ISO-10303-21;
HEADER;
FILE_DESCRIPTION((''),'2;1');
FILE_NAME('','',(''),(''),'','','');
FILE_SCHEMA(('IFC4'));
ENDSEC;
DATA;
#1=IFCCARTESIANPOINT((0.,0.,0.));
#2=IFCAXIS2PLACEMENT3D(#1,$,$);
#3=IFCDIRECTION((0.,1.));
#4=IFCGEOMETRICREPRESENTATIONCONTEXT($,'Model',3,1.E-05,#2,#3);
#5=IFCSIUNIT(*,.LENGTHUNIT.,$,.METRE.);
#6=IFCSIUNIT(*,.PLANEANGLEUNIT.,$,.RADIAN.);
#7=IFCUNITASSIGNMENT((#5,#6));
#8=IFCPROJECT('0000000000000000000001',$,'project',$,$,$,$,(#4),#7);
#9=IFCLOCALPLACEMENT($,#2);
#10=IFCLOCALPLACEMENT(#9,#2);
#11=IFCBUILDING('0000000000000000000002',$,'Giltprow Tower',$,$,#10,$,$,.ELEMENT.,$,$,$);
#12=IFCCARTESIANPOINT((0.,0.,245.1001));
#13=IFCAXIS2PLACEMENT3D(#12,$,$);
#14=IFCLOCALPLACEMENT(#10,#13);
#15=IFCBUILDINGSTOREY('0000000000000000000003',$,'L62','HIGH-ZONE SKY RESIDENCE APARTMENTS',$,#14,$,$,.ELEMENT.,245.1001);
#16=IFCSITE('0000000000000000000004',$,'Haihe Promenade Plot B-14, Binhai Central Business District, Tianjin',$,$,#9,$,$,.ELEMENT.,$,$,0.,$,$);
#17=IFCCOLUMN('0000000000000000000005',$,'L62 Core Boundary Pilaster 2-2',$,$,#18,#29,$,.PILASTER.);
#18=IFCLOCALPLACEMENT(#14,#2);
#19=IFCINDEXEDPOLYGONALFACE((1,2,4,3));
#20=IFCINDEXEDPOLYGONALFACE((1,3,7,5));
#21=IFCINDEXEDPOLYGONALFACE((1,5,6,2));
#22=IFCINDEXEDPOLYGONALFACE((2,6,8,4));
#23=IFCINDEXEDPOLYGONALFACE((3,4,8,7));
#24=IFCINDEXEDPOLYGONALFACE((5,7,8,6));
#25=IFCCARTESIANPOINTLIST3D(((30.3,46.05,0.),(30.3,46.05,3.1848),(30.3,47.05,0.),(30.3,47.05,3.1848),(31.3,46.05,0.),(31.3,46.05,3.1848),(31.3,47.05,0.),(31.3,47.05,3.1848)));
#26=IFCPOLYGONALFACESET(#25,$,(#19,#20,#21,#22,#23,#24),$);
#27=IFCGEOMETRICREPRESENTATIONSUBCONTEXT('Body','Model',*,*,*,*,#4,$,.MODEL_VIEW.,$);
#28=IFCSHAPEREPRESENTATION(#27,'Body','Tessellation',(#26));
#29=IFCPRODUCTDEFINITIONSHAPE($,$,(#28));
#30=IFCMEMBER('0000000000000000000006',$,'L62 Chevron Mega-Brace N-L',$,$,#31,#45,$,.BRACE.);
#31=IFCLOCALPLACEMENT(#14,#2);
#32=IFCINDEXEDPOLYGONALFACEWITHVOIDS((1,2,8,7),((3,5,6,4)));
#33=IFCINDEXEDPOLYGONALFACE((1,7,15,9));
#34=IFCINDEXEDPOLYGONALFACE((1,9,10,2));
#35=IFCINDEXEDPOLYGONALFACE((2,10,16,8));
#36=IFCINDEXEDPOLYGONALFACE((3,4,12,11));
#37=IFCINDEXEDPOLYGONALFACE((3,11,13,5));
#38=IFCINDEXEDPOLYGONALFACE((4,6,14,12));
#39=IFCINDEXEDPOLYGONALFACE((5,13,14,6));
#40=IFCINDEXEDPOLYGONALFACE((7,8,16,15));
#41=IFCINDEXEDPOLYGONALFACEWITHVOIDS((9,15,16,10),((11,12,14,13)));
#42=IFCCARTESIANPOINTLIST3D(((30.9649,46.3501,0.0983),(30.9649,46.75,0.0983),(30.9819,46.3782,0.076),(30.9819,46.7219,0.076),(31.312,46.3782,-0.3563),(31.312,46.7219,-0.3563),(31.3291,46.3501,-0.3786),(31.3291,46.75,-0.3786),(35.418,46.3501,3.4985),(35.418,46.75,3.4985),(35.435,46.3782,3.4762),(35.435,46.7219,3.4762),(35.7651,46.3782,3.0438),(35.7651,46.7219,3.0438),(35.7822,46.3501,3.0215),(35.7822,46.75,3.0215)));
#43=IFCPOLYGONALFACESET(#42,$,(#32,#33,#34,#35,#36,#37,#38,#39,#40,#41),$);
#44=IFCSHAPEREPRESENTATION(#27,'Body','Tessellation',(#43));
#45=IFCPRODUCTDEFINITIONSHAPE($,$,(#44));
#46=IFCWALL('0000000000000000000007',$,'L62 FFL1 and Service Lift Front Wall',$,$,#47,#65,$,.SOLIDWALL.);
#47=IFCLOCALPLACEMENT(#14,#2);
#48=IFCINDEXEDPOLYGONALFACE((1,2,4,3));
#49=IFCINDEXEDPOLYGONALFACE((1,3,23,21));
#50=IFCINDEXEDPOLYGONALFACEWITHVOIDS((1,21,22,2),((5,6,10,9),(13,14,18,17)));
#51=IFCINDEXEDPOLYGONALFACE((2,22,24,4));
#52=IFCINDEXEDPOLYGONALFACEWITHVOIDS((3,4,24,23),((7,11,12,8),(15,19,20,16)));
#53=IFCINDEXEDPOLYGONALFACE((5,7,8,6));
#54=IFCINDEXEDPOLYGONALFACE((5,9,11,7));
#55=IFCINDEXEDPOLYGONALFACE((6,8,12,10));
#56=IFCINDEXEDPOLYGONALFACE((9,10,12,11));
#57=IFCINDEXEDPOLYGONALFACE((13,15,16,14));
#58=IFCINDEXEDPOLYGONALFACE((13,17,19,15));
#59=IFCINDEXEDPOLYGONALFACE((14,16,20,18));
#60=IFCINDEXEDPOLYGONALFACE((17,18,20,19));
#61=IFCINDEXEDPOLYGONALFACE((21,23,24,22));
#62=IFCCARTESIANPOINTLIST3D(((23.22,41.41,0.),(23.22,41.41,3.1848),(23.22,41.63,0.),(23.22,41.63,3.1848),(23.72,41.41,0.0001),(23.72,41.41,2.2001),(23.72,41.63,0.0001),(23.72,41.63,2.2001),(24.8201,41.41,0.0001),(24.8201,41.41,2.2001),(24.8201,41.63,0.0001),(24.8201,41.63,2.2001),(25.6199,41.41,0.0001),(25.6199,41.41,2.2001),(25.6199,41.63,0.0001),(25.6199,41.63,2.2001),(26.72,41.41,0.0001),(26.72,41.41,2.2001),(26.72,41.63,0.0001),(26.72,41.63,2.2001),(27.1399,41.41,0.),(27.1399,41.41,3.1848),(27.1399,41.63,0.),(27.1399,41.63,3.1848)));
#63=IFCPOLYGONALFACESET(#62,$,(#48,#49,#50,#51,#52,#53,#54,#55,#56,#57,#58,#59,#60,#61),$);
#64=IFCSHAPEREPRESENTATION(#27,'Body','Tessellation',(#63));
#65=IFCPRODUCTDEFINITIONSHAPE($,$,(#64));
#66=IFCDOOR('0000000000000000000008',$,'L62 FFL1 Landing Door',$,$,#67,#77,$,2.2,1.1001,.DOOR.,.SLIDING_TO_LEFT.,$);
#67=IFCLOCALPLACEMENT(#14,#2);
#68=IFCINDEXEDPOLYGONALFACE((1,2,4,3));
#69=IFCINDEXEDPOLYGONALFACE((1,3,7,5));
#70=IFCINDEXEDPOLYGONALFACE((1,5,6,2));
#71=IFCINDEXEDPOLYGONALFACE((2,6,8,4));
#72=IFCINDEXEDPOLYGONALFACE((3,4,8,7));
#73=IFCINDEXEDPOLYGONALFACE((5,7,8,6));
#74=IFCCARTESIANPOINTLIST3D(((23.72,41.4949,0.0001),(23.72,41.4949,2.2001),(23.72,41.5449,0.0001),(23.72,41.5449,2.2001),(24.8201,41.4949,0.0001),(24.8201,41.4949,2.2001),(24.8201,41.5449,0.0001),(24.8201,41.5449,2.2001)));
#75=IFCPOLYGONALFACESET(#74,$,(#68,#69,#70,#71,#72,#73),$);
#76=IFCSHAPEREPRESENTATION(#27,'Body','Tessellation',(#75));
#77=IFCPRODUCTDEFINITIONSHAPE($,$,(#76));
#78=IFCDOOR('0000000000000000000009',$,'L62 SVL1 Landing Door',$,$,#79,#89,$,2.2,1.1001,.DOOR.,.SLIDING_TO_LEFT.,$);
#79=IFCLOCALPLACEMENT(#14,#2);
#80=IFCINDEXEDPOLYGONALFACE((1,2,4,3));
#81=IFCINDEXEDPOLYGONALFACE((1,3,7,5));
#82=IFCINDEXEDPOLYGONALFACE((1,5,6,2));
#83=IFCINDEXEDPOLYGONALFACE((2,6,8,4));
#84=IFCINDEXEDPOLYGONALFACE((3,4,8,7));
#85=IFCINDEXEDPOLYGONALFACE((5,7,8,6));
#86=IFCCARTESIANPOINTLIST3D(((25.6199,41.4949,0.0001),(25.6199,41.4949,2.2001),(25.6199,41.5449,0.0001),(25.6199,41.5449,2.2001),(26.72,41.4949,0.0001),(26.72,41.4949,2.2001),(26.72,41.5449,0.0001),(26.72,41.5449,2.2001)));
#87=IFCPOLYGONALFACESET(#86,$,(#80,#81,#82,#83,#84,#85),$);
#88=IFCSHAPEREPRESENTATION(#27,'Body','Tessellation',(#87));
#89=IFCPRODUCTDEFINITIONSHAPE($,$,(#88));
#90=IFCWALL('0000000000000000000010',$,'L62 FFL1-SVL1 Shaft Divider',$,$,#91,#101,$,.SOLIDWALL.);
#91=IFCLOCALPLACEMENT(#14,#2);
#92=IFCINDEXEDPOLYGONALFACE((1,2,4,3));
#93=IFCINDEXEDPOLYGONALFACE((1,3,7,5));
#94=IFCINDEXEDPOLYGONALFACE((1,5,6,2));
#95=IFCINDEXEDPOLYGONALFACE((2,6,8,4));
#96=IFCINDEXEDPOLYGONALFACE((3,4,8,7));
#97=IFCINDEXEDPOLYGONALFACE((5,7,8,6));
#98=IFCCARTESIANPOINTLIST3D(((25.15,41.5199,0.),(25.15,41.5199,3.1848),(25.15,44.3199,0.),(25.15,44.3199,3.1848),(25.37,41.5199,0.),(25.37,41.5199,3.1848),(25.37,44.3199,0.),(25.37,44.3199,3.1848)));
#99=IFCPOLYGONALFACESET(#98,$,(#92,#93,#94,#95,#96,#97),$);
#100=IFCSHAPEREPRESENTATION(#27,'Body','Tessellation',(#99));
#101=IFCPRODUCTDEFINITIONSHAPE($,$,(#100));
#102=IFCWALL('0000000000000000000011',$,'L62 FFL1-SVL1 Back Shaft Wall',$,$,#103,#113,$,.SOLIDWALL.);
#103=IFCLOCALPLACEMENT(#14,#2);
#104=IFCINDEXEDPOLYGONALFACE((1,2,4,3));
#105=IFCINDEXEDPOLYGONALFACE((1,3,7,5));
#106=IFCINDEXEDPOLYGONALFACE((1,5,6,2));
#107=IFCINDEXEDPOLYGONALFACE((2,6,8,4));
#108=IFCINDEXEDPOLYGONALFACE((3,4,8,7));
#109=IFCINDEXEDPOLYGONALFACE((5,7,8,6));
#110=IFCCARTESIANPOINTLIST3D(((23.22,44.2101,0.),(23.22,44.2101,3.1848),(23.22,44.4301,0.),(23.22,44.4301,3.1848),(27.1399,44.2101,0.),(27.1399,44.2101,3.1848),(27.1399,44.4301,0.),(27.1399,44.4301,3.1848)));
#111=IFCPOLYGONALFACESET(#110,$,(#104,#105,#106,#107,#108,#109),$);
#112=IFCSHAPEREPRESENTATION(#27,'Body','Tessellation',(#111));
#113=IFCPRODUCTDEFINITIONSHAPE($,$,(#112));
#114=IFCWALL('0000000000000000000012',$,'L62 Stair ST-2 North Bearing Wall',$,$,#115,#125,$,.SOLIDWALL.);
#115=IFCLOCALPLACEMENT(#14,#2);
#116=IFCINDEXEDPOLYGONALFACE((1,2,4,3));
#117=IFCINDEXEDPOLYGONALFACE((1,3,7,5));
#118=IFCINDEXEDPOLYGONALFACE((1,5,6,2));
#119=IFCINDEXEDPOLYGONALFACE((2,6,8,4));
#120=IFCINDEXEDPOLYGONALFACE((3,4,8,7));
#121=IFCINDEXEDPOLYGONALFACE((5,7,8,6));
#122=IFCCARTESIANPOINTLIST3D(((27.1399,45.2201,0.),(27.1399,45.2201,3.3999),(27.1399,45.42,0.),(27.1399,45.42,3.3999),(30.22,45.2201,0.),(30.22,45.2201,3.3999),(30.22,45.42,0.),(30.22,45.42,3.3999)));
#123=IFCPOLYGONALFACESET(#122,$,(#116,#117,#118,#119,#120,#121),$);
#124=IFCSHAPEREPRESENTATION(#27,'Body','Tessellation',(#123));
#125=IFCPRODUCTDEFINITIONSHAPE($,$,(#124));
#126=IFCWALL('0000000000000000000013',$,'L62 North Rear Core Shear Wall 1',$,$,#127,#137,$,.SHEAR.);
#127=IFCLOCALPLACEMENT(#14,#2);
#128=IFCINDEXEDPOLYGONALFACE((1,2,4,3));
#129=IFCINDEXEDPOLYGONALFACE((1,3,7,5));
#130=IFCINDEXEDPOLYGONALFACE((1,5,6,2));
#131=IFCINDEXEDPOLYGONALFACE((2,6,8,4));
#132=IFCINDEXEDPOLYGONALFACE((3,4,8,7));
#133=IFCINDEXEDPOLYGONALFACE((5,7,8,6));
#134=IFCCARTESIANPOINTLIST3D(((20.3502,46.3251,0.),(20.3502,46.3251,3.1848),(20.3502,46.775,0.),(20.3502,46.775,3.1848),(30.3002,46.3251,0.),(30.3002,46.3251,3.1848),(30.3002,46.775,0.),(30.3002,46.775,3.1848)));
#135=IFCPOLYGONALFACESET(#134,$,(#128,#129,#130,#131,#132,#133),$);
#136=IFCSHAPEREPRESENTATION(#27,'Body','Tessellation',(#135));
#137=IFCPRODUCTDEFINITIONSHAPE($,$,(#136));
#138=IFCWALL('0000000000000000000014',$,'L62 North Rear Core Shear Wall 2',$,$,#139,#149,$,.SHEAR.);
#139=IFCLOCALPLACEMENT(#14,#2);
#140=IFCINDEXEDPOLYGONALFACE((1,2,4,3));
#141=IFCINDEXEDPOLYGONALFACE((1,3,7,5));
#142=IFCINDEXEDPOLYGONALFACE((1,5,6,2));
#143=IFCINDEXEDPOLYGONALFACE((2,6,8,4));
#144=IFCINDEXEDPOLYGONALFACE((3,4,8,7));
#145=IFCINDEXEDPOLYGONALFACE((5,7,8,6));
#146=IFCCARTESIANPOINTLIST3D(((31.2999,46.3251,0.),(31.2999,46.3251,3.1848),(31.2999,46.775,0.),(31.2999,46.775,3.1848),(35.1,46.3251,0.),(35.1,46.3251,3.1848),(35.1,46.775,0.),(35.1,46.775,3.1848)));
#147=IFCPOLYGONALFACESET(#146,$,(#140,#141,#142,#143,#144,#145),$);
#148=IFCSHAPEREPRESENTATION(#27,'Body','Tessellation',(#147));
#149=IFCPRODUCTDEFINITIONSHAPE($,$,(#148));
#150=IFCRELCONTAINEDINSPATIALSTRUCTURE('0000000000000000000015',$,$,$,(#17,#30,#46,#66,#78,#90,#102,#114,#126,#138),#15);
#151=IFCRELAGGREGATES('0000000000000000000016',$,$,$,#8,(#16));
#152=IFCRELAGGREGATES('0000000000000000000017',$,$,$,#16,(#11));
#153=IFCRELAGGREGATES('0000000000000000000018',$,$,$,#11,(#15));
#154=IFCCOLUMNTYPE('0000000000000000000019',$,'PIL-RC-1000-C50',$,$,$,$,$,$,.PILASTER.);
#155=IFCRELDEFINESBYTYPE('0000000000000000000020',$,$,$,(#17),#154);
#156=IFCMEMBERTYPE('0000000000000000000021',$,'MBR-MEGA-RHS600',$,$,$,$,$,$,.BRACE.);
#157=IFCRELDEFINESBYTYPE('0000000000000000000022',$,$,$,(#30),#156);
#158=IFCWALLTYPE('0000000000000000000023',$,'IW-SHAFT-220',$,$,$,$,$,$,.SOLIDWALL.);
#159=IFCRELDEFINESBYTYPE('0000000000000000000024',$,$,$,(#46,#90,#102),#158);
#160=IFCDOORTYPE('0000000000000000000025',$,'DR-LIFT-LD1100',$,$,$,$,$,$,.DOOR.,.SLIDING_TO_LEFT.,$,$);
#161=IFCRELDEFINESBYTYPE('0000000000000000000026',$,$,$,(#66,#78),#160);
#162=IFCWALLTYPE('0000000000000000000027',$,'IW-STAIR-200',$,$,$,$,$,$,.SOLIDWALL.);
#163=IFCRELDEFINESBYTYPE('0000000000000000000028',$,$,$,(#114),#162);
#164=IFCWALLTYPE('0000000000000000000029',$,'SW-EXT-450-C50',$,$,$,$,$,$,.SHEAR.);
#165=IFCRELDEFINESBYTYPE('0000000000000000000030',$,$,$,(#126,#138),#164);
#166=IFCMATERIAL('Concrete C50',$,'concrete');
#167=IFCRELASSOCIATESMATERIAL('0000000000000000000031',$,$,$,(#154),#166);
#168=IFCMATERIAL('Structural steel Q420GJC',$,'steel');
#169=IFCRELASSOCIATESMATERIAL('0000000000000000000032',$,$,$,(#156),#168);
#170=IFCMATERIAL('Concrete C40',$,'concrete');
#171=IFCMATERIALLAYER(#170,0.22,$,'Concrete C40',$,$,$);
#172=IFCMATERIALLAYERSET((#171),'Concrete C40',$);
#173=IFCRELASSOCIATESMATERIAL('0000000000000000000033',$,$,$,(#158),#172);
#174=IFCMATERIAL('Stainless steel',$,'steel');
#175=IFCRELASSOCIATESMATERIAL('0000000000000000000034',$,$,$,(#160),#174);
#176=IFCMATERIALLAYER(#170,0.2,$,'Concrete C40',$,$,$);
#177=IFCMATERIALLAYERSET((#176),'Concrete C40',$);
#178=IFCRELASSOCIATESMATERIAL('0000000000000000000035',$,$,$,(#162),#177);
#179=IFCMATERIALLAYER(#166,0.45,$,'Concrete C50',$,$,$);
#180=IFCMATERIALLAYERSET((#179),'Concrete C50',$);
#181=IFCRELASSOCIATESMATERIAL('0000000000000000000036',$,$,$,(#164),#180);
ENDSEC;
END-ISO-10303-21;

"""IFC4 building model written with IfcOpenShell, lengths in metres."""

from ifc_helpers import new_model, si_unit, direction, frame, frame_2d, origin, origin_2d, place, context, subcontext, project, spatial, rectangle, hollow_rectangle, extrude, source, transform, mapped, material, layer, layer_set, material_profile, profile_set, type_object, element, fill, save


model = new_model("IFC4")

# Units and contexts
model_context = context("Model", 3, precision=1e-05, world=origin(), true_north=direction((0.0, 1.0)))
body_context = subcontext(model_context, "Body", "Model", "MODEL_VIEW")
ifc_project = project(units=[si_unit("LENGTHUNIT", "METRE"), si_unit("PLANEANGLEUNIT", "RADIAN")], contexts=[model_context])

# Site, building, storey
site_placement = place(None, origin())
site = spatial("IfcSite", under=ifc_project, at=site_placement, Name="Haihe Promenade Plot B-14, Binhai Central Business District, Tianjin", CompositionType="ELEMENT", RefElevation=0.0)
building_placement = place(site_placement, origin())
building = spatial("IfcBuilding", under=site, at=building_placement, Name="Giltprow Tower", CompositionType="ELEMENT")
storey_placement = place(building_placement, frame((0.0, 0.0, 245.1001)))
storey = spatial("IfcBuildingStorey", under=building, at=storey_placement, Name="L62", Description="HIGH-ZONE SKY RESIDENCE APARTMENTS", CompositionType="ELEMENT", Elevation=245.1001)

# Column
ifc_material_1 = material(Name="Concrete C50", Category="concrete")
ifc_material_profile_1 = material_profile(ifc_material_1, rectangle(XDim=1.0, YDim=1.0, at=origin_2d()), Name="RC 1000x1000")
ifc_profile_set_1 = profile_set([ifc_material_profile_1], Name="Concrete C50")
column_type = type_object("IfcColumnType", Name="PIL-RC-1000-C50", PredefinedType="PILASTER", material=ifc_profile_set_1)
shared_shape_1 = source(origin(), body_context, "Body", "SweptSolid", [
    extrude(rectangle(XDim=1.0, YDim=1.0, at=origin_2d()), origin(), (0.0, 0.0, 1.0), 3.1848),
])
column_placement = place(storey_placement, frame((30.8, 46.55, 0.0), z_axis=(0.0, 0.0, 1.0), x_axis=(1.0, 0.0, 0.0)))
element("IfcColumn", 1, at=column_placement, inside=storey, type_object=column_type, Name="L62 Core Boundary Pilaster 2-2", PredefinedType="PILASTER", context=body_context, shape_type="MappedRepresentation", body=[
    mapped(shared_shape_1, transform((0.0, 0.0, 0.0), x_axis=(1.0, 0.0, 0.0), y_axis=(0.0, 1.0, 0.0), z_axis=(0.0, 0.0, 1.0), scale=1.0)),
])

# Member
ifc_material_2 = material(Name="Structural steel Q420GJC", Category="steel")
ifc_material_profile_2 = material_profile(ifc_material_2, hollow_rectangle(XDim=0.3999, YDim=0.6001, WallThickness=0.0281, at=origin_2d()), Name="RHS 600x400x28")
ifc_profile_set_2 = profile_set([ifc_material_profile_2], Name="Structural steel Q420GJC")
member_type = type_object("IfcMemberType", Name="MBR-MEGA-RHS600", PredefinedType="BRACE", material=ifc_profile_set_2)
shared_shape_2 = source(origin(), body_context, "Body", "SweptSolid", [
    extrude(hollow_rectangle(XDim=0.3999, YDim=0.6001, WallThickness=0.0281, at=origin_2d()), origin(), (0.0, 0.0, 1.0), 5.6028),
])
member_placement = place(storey_placement, frame((31.147, 46.55, -0.1401), z_axis=(0.794804, 0.0, 0.606866), x_axis=(0.0, 1.0, 0.0)))
element("IfcMember", 2, at=member_placement, inside=storey, type_object=member_type, Name="L62 Chevron Mega-Brace N-L", PredefinedType="BRACE", context=body_context, shape_type="MappedRepresentation", body=[
    mapped(shared_shape_2, transform((0.0, 0.0, 0.0), x_axis=(1.0, 0.0, 0.0), y_axis=(0.0, 1.0, 0.0), z_axis=(0.0, 0.0, 1.0), scale=1.0)),
])

# Wall, openings, doors
ifc_material_3 = material(Name="Concrete C40", Category="concrete")
ifc_layer_1 = layer(ifc_material_3, 0.22, Name="Concrete C40")
ifc_layer_set_1 = layer_set([ifc_layer_1], Name="Concrete C40")
wall_type_1 = type_object("IfcWallType", Name="IW-SHAFT-220", PredefinedType="SOLIDWALL", material=ifc_layer_set_1)
wall_1_placement = place(storey_placement, frame((23.22, 41.52, 0.0), z_axis=(0.0, 0.0, 1.0), x_axis=(1.0, 0.0, 0.0)))
wall_1 = element("IfcWall", 3, at=wall_1_placement, inside=storey, type_object=wall_type_1, Name="L62 FFL1 and Service Lift Front Wall", PredefinedType="SOLIDWALL", context=body_context, shape_type="SweptSolid", body=[
    extrude(rectangle(XDim=3.9199, YDim=0.22, at=frame_2d((1.96, 0.0))), origin(), (0.0, 0.0, 1.0), 3.1848),
])
opening_1_placement = place(wall_1_placement, frame((0.5, 0.0, 0.0)))
opening_1 = element("IfcOpeningElement", 4, at=opening_1_placement, cuts=wall_1, PredefinedType="OPENING", context=body_context, shape_type="SweptSolid", body=[
    extrude(rectangle(XDim=1.1001, YDim=2.2, at=frame_2d((0.55, 1.1001))), frame((0.0, 0.1199, 0.0), z_axis=(0.0, -1.0, 0.0), x_axis=(1.0, 0.0, 0.0)), (0.0, 0.0, 1.0), 0.24),
])
opening_2_placement = place(wall_1_placement, frame((2.3999, 0.0, 0.0)))
opening_2 = element("IfcOpeningElement", 5, at=opening_2_placement, cuts=wall_1, PredefinedType="OPENING", context=body_context, shape_type="SweptSolid", body=[
    extrude(rectangle(XDim=1.1001, YDim=2.2, at=frame_2d((0.55, 1.1001))), frame((0.0, 0.1199, 0.0), z_axis=(0.0, -1.0, 0.0), x_axis=(1.0, 0.0, 0.0)), (0.0, 0.0, 1.0), 0.24),
])
ifc_material_4 = material(Name="Stainless steel", Category="steel")
door_type = type_object("IfcDoorType", Name="DR-LIFT-LD1100", OperationType="SLIDING_TO_LEFT", PredefinedType="DOOR", material=ifc_material_4)
shared_shape_3 = source(origin(), body_context, "Body", "SweptSolid", [
    extrude(rectangle(XDim=1.1001, YDim=2.2, at=frame_2d((0.55, 1.1001))), frame((0.0, 0.0249, 0.0), z_axis=(0.0, -1.0, 0.0), x_axis=(1.0, 0.0, 0.0)), (0.0, 0.0, 1.0), 0.05),
])
door_1_placement = place(opening_1_placement, origin())
door_1 = element("IfcDoor", 6, at=door_1_placement, inside=storey, type_object=door_type, Name="L62 FFL1 Landing Door", OperationType="SLIDING_TO_LEFT", OverallHeight=2.2, OverallWidth=1.1001, PredefinedType="DOOR", context=body_context, shape_type="MappedRepresentation", body=[
    mapped(shared_shape_3, transform((0.0, 0.0, 0.0), x_axis=(1.0, 0.0, 0.0), y_axis=(0.0, 1.0, 0.0), z_axis=(0.0, 0.0, 1.0), scale=1.0)),
])
fill(opening_1, door_1)
door_2_placement = place(opening_2_placement, origin())
door_2 = element("IfcDoor", 7, at=door_2_placement, inside=storey, type_object=door_type, Name="L62 SVL1 Landing Door", OperationType="SLIDING_TO_LEFT", OverallHeight=2.2, OverallWidth=1.1001, PredefinedType="DOOR", context=body_context, shape_type="MappedRepresentation", body=[
    mapped(shared_shape_3, transform((0.0, 0.0, 0.0), x_axis=(1.0, 0.0, 0.0), y_axis=(0.0, 1.0, 0.0), z_axis=(0.0, 0.0, 1.0), scale=1.0)),
])
fill(opening_2, door_2)

# Walls
wall_2_placement = place(storey_placement, frame((25.26, 41.52, 0.0), z_axis=(0.0, 0.0, 1.0), x_axis=(0.0, 1.0, 0.0)))
element("IfcWall", 8, at=wall_2_placement, inside=storey, type_object=wall_type_1, Name="L62 FFL1-SVL1 Shaft Divider", PredefinedType="SOLIDWALL", context=body_context, shape_type="SweptSolid", body=[
    extrude(rectangle(XDim=2.8, YDim=0.22, at=frame_2d((1.3999, 0.0))), origin(), (0.0, 0.0, 1.0), 3.1848),
])
wall_3_placement = place(storey_placement, frame((23.22, 44.3201, 0.0), z_axis=(0.0, 0.0, 1.0), x_axis=(1.0, 0.0, 0.0)))
element("IfcWall", 9, at=wall_3_placement, inside=storey, type_object=wall_type_1, Name="L62 FFL1-SVL1 Back Shaft Wall", PredefinedType="SOLIDWALL", context=body_context, shape_type="SweptSolid", body=[
    extrude(rectangle(XDim=3.9199, YDim=0.22, at=frame_2d((1.96, 0.0))), origin(), (0.0, 0.0, 1.0), 3.1848),
])
ifc_layer_2 = layer(ifc_material_3, 0.2, Name="Concrete C40")
ifc_layer_set_2 = layer_set([ifc_layer_2], Name="Concrete C40")
wall_type_2 = type_object("IfcWallType", Name="IW-STAIR-200", PredefinedType="SOLIDWALL", material=ifc_layer_set_2)
wall_4_placement = place(storey_placement, frame((27.1399, 45.3201, 0.0), z_axis=(0.0, 0.0, 1.0), x_axis=(1.0, 0.0, 0.0)))
element("IfcWall", 10, at=wall_4_placement, inside=storey, type_object=wall_type_2, Name="L62 Stair ST-2 North Bearing Wall", PredefinedType="SOLIDWALL", context=body_context, shape_type="SweptSolid", body=[
    extrude(rectangle(XDim=3.0801, YDim=0.2, at=frame_2d((1.54, 0.0))), origin(), (0.0, 0.0, 1.0), 3.3999),
])
ifc_layer_3 = layer(ifc_material_1, 0.45, Name="Concrete C50")
ifc_layer_set_3 = layer_set([ifc_layer_3], Name="Concrete C50")
wall_type_3 = type_object("IfcWallType", Name="SW-EXT-450-C50", PredefinedType="SHEAR", material=ifc_layer_set_3)
wall_5_placement = place(storey_placement, frame((20.3501, 46.55, 0.0), z_axis=(0.0, 0.0, 1.0), x_axis=(1.0, 0.0, 0.0)))
element("IfcWall", 11, at=wall_5_placement, inside=storey, type_object=wall_type_3, Name="L62 North Rear Core Shear Wall 1", PredefinedType="SHEAR", context=body_context, shape_type="SweptSolid", body=[
    extrude(rectangle(XDim=9.95, YDim=0.45, at=frame_2d((4.9751, 0.0))), origin(), (0.0, 0.0, 1.0), 3.1848),
])
wall_6_placement = place(storey_placement, frame((31.3, 46.55, 0.0), z_axis=(0.0, 0.0, 1.0), x_axis=(1.0, 0.0, 0.0)))
element("IfcWall", 12, at=wall_6_placement, inside=storey, type_object=wall_type_3, Name="L62 North Rear Core Shear Wall 2", PredefinedType="SHEAR", context=body_context, shape_type="SweptSolid", body=[
    extrude(rectangle(XDim=3.8, YDim=0.45, at=frame_2d((1.8999, 0.0))), origin(), (0.0, 0.0, 1.0), 3.1848),
])

save(model, "model.ifc")
